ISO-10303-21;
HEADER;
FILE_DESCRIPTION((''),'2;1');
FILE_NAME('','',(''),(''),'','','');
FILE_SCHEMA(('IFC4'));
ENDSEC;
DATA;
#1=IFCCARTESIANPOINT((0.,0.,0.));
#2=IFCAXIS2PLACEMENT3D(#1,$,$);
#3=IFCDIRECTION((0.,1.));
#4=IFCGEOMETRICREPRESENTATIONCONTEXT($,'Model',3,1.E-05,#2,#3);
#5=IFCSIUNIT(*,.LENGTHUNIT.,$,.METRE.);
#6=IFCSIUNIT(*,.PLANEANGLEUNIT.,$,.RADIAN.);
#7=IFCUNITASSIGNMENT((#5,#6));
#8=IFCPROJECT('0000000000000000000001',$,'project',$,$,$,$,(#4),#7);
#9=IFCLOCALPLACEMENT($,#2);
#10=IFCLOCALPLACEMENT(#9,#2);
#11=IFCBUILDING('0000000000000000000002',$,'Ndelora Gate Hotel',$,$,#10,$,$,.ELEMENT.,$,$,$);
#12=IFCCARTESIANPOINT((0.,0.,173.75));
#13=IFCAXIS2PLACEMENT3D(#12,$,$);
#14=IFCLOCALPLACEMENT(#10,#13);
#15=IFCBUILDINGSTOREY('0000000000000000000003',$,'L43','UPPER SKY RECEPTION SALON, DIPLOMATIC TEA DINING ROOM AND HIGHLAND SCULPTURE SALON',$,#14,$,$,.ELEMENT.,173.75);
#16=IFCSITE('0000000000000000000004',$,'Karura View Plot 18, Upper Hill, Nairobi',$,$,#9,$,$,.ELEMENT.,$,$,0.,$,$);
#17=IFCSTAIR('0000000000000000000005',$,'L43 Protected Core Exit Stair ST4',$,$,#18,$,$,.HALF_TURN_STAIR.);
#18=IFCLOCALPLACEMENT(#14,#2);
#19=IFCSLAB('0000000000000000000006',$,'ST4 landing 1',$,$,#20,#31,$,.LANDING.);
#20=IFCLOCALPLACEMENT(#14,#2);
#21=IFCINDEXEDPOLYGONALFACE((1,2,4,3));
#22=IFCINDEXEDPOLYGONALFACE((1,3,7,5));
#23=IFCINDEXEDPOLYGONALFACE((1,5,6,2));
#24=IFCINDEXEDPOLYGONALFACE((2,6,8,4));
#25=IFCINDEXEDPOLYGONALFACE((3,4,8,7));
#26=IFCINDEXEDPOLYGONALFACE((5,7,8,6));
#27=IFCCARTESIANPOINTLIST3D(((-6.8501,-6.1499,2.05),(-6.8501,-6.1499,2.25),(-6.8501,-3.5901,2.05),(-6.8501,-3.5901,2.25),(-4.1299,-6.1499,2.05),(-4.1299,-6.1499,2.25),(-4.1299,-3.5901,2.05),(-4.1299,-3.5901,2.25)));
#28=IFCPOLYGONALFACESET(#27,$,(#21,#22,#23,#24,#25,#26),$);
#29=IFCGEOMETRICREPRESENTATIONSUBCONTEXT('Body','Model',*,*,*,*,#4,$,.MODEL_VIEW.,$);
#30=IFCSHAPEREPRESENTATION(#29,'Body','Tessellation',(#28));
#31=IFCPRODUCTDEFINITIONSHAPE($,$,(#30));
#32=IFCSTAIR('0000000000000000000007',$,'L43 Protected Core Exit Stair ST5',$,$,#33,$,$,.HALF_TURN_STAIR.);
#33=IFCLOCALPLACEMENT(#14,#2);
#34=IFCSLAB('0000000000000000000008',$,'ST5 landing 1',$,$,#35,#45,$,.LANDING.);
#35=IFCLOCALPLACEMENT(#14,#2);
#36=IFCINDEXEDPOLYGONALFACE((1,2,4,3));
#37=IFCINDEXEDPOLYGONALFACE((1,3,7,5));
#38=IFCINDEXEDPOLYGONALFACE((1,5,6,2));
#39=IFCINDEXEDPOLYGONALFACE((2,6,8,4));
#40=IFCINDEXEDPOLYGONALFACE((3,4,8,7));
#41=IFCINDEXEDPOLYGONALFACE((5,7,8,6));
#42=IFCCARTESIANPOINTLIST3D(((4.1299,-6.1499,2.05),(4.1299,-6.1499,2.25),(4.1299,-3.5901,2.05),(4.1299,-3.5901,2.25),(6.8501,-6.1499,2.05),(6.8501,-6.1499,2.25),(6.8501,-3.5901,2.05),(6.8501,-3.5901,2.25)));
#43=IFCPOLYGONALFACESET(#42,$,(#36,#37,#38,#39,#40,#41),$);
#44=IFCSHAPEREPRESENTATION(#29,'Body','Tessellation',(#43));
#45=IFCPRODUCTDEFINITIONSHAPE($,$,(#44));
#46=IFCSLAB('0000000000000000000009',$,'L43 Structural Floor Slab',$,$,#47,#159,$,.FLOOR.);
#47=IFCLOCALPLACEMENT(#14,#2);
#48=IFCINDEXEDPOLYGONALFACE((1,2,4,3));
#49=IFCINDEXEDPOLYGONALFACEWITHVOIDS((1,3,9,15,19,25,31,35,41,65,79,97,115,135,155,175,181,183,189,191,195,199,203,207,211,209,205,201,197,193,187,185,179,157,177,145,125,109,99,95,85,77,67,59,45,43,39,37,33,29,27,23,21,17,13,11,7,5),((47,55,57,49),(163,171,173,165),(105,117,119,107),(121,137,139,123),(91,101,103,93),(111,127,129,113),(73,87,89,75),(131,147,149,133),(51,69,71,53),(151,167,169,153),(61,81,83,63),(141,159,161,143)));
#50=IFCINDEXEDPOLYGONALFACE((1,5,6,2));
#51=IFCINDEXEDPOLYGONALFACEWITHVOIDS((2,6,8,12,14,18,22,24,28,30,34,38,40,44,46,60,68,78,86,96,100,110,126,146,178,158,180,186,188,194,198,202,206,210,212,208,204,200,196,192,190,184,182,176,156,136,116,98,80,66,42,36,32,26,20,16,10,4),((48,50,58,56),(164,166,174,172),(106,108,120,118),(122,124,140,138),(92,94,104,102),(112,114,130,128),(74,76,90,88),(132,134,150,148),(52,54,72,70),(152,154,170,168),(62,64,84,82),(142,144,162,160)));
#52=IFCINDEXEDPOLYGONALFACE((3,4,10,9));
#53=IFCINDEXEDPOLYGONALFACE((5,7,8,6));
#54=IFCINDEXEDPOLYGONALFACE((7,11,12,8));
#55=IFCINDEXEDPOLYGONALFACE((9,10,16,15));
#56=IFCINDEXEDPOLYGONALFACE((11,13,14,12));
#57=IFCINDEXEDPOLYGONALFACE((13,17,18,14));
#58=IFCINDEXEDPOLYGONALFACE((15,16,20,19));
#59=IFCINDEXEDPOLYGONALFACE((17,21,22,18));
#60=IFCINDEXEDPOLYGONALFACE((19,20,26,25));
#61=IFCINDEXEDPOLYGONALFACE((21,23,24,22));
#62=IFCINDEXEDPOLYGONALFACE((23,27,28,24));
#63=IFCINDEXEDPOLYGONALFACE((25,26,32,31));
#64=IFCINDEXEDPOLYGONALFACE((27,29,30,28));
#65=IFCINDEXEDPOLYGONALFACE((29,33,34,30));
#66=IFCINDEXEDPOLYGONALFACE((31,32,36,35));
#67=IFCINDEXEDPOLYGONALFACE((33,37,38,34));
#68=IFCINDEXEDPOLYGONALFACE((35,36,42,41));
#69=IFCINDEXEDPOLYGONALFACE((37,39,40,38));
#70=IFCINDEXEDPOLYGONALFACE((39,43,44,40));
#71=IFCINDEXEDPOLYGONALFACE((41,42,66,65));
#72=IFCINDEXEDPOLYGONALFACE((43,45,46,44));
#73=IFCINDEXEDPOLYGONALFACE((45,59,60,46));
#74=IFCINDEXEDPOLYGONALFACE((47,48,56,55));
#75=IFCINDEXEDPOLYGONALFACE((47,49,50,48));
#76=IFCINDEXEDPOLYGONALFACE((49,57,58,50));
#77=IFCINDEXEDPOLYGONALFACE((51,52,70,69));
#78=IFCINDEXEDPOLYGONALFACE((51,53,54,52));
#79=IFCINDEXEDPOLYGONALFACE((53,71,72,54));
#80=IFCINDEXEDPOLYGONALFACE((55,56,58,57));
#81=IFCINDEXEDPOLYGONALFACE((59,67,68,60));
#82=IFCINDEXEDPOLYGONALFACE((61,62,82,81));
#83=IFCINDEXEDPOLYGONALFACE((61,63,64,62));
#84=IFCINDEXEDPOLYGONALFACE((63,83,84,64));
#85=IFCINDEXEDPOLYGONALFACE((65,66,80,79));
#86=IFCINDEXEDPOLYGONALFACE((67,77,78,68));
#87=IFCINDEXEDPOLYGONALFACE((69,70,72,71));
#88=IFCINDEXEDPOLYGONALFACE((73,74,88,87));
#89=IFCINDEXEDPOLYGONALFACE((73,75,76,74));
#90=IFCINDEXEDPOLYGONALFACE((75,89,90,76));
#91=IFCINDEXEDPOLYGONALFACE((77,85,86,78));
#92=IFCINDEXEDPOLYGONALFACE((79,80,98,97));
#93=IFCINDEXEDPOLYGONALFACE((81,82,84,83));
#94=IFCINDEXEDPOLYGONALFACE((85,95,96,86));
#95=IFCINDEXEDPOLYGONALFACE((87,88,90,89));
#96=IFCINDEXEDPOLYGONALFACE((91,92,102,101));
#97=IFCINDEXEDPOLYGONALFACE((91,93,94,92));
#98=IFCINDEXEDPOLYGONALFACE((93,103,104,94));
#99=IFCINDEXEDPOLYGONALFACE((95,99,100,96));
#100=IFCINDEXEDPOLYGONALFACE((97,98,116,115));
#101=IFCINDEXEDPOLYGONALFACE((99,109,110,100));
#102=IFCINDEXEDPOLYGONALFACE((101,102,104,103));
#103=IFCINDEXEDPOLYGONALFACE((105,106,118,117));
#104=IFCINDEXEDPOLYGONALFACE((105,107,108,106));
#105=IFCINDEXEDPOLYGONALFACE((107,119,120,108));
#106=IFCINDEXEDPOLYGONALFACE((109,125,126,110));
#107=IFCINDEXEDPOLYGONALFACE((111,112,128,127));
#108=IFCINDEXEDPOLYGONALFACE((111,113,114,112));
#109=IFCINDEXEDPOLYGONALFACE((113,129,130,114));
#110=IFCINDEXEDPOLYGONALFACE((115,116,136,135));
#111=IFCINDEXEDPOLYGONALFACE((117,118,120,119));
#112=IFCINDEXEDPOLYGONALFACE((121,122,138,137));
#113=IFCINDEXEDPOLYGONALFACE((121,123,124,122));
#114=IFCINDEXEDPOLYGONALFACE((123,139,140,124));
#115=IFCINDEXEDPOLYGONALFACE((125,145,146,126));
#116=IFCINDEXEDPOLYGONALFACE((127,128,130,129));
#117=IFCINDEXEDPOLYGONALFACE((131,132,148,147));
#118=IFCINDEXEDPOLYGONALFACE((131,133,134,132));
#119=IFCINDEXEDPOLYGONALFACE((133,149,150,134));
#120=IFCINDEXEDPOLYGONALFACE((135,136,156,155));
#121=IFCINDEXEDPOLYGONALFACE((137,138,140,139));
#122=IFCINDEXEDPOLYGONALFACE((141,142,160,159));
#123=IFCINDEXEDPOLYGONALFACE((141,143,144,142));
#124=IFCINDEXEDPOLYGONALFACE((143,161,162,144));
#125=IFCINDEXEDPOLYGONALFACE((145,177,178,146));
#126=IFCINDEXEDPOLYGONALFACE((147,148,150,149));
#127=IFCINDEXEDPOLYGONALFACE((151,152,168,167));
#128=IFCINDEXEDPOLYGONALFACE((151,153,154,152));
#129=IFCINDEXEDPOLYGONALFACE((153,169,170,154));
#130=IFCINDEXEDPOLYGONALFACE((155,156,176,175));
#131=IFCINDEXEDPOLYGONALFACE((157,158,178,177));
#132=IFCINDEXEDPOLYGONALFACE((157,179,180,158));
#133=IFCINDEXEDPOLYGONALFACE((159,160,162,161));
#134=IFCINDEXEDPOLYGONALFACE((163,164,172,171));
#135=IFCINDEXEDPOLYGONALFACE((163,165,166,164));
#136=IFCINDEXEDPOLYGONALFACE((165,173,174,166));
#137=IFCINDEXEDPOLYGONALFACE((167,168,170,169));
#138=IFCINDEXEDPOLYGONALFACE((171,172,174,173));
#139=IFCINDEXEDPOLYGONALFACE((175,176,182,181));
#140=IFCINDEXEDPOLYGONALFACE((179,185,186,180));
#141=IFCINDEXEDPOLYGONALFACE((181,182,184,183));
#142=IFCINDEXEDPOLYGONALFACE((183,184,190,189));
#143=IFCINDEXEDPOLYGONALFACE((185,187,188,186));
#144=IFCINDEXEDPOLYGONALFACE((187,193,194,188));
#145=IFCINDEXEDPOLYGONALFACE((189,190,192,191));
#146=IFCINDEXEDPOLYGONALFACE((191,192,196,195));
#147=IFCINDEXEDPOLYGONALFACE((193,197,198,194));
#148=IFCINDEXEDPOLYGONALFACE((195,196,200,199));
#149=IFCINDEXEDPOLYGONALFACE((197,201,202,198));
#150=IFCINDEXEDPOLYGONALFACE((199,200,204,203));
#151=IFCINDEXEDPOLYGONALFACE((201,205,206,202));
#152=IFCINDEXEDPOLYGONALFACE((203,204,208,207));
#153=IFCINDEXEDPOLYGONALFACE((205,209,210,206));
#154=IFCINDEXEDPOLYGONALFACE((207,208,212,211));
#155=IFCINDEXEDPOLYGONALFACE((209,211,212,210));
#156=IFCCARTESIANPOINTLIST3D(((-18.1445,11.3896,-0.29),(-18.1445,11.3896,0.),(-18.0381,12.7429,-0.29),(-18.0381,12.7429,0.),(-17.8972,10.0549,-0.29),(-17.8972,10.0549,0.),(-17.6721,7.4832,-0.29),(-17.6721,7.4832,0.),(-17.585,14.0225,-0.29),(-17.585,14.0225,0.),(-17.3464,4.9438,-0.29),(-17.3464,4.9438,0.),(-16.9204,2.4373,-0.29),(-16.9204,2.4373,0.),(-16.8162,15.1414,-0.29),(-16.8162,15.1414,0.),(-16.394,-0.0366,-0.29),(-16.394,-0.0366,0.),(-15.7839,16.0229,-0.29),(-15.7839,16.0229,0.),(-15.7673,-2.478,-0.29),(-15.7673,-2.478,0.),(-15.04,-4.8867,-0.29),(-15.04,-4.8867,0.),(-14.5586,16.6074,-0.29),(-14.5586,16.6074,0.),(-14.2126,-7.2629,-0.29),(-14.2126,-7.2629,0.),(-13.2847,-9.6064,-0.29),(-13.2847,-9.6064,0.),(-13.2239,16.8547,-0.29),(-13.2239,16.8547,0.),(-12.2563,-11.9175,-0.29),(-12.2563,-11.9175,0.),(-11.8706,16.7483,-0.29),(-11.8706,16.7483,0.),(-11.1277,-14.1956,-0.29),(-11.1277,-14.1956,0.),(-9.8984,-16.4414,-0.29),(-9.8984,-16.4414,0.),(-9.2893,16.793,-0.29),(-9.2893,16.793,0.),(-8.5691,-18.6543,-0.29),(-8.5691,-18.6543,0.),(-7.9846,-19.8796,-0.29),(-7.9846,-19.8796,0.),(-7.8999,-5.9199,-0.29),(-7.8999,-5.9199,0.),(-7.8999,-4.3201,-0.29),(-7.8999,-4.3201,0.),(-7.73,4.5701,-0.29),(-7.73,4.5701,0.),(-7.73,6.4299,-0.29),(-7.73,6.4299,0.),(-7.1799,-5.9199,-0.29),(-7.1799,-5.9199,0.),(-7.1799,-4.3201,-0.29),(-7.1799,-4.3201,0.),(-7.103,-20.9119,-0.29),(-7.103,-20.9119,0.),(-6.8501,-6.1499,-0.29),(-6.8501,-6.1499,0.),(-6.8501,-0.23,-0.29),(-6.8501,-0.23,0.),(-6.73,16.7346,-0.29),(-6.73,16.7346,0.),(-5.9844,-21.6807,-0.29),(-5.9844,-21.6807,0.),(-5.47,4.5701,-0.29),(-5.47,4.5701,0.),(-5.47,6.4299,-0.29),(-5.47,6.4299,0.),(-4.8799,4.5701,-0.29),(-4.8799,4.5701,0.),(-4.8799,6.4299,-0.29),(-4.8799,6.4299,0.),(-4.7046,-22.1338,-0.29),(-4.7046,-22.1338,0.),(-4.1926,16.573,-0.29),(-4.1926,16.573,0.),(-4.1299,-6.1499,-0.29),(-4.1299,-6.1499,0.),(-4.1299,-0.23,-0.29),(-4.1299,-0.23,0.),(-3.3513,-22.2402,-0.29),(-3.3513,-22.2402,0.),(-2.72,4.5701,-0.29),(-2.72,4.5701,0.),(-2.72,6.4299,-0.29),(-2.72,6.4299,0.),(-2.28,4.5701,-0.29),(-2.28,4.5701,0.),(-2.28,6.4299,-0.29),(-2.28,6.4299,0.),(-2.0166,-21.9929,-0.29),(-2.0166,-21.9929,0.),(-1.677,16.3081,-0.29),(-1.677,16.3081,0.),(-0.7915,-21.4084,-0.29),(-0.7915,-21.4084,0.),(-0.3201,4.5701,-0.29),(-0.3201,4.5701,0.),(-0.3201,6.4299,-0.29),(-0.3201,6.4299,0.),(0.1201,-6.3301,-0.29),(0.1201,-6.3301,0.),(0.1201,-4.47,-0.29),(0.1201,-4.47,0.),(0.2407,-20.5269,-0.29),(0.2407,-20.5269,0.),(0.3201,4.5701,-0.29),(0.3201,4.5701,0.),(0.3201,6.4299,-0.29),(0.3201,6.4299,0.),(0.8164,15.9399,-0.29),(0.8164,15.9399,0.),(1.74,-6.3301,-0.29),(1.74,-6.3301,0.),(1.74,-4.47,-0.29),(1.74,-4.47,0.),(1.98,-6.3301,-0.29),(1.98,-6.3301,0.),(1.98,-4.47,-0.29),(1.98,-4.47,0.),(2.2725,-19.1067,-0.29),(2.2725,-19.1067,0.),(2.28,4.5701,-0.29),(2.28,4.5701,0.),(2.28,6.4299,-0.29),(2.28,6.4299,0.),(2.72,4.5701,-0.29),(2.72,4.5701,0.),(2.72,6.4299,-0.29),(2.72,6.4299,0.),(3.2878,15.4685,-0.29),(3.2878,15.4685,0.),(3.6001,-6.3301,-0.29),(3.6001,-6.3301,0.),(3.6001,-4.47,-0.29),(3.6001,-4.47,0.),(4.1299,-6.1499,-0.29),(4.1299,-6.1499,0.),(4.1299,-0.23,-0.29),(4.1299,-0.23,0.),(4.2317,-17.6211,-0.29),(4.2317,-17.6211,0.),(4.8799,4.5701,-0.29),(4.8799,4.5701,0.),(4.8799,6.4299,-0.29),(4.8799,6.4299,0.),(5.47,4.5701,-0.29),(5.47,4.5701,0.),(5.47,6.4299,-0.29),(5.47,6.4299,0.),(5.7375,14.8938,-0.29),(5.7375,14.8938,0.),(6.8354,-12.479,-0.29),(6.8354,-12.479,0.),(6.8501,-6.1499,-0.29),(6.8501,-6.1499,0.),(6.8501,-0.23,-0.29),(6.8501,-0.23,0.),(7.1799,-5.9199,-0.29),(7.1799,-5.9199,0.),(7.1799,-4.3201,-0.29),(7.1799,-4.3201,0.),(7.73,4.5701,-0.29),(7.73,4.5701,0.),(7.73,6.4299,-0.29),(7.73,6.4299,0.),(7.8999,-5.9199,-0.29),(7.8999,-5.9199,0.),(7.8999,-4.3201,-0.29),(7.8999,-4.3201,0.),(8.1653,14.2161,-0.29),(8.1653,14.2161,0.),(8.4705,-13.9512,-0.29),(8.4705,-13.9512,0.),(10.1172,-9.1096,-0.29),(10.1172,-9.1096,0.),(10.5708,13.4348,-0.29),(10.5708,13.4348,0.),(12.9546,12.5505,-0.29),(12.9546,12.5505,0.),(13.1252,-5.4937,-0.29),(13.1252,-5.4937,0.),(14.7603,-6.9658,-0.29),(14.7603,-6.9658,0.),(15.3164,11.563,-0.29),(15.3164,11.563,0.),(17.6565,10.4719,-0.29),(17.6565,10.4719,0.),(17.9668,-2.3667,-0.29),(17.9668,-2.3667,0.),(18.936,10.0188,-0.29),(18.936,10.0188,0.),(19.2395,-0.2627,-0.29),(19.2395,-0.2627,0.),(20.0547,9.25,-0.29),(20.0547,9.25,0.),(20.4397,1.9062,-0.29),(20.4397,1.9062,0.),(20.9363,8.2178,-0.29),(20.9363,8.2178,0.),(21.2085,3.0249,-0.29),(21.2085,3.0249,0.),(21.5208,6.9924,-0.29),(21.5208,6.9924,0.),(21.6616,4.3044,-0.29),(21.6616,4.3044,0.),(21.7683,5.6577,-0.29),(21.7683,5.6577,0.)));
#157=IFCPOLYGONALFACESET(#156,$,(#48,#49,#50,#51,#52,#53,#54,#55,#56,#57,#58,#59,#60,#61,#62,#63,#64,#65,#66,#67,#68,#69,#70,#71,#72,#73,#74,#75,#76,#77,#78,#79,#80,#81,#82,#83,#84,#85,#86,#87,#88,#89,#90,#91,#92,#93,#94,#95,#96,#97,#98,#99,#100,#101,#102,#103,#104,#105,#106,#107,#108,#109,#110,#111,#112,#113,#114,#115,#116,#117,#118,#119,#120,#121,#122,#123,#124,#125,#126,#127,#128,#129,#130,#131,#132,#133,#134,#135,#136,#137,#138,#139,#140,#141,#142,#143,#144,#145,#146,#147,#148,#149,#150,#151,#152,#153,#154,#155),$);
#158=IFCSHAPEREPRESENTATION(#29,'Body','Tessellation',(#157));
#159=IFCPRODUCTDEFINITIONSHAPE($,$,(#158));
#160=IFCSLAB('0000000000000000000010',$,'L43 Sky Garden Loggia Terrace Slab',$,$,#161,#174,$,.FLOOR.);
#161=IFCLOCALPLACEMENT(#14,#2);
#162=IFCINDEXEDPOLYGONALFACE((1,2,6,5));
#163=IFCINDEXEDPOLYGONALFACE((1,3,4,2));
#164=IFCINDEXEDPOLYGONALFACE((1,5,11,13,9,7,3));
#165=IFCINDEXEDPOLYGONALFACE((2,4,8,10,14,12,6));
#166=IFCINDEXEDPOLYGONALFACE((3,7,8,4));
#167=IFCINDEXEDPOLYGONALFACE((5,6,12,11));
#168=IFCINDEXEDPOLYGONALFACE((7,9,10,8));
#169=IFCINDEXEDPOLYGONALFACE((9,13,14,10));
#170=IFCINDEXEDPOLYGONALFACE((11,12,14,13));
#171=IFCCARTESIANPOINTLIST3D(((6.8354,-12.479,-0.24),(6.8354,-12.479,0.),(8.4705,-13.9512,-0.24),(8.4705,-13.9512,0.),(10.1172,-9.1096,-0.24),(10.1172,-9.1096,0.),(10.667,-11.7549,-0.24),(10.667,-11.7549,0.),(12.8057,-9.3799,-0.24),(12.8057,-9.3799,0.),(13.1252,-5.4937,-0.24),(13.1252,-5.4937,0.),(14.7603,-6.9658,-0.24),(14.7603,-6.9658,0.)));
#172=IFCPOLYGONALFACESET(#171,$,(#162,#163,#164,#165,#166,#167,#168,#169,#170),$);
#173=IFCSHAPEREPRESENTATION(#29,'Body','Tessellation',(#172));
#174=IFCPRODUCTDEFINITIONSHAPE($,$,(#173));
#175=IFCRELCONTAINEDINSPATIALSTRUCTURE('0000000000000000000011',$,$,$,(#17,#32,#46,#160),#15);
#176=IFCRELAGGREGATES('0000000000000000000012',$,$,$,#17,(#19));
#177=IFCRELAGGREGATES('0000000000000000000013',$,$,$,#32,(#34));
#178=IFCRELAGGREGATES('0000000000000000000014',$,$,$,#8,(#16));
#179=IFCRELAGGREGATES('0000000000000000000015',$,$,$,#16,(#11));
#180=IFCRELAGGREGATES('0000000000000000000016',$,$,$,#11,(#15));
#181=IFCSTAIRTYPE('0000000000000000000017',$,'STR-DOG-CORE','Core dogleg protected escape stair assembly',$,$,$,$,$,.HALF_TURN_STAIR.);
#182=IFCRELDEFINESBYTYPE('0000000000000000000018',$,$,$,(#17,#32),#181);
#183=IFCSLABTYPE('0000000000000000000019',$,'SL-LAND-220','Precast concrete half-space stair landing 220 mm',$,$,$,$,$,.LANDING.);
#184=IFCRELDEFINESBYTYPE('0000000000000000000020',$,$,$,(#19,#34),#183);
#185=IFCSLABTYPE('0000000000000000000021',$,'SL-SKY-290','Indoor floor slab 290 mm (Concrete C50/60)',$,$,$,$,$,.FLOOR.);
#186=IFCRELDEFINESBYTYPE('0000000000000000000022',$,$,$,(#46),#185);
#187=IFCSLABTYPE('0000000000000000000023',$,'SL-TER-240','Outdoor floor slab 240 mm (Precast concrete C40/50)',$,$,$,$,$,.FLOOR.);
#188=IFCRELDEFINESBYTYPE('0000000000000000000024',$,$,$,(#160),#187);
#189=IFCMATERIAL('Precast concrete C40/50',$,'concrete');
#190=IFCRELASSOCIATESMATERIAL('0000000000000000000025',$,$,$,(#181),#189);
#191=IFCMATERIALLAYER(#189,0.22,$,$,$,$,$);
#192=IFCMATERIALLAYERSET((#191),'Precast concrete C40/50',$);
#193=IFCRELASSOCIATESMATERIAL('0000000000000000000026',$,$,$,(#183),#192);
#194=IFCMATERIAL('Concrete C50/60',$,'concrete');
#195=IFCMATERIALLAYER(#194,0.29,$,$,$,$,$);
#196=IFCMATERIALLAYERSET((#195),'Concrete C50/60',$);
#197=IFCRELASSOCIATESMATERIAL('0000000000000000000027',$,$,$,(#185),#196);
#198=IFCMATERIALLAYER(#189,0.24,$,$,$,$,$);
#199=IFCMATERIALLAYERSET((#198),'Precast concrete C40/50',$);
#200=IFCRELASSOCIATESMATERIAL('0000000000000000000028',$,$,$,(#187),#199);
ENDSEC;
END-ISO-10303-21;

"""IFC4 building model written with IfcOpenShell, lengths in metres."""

from ifc_helpers import new_model, si_unit, direction, frame, origin, place, context, subcontext, project, spatial, polyline, outline, extrude, material, layer, layer_set, type_object, element, aggregate, save


model = new_model("IFC4")

# Units and contexts
model_context = context("Model", 3, precision=1e-05, world=origin(), true_north=direction((0.0, 1.0)))
body_context = subcontext(model_context, "Body", "Model", "MODEL_VIEW")
ifc_project = project(units=[si_unit("LENGTHUNIT", "METRE"), si_unit("PLANEANGLEUNIT", "RADIAN")], contexts=[model_context])

# Site, building, storey
site_placement = place(None, origin())
site = spatial("IfcSite", under=ifc_project, at=site_placement, Name="Karura View Plot 18, Upper Hill, Nairobi", CompositionType="ELEMENT", RefElevation=0.0)
building_placement = place(site_placement, origin())
building = spatial("IfcBuilding", under=site, at=building_placement, Name="Ndelora Gate Hotel", CompositionType="ELEMENT")
storey_placement = place(building_placement, frame((0.0, 0.0, 173.75)))
storey = spatial("IfcBuildingStorey", under=building, at=storey_placement, Name="L43", Description="UPPER SKY RECEPTION SALON, DIPLOMATIC TEA DINING ROOM AND HIGHLAND SCULPTURE SALON", CompositionType="ELEMENT", Elevation=173.75)

# Stairs, slabs
ifc_material_1 = material(Name="Precast concrete C40/50", Category="concrete")
stair_type = type_object("IfcStairType", Name="STR-DOG-CORE", Description="Core dogleg protected escape stair assembly", PredefinedType="HALF_TURN_STAIR", material=ifc_material_1)
stair_1_placement = place(storey_placement, origin())
stair_1 = element("IfcStair", 1, at=stair_1_placement, inside=storey, type_object=stair_type, Name="L43 Protected Core Exit Stair ST4", PredefinedType="HALF_TURN_STAIR")
ifc_layer_1 = layer(ifc_material_1, 0.22)
ifc_layer_set_1 = layer_set([ifc_layer_1], Name="Precast concrete C40/50")
slab_type_1 = type_object("IfcSlabType", Name="SL-LAND-220", Description="Precast concrete half-space stair landing 220 mm", PredefinedType="LANDING", material=ifc_layer_set_1)
slab_1_placement = place(storey_placement, frame((0.0, 0.0, 2.05)))
slab_1 = element("IfcSlab", 2, at=slab_1_placement, type_object=slab_type_1, Name="ST4 landing 1", PredefinedType="LANDING", context=body_context, shape_type="SweptSolid", body=[
    extrude(outline(polyline([(-6.8501, -3.5901), (-6.8501, -6.1499), (-4.1299, -6.1499), (-4.1299, -3.5901), (-6.8501, -3.5901)])), origin(), (0.0, 0.0, 1.0), 0.2),
])
aggregate(stair_1, [slab_1])
stair_2_placement = place(storey_placement, origin())
stair_2 = element("IfcStair", 3, at=stair_2_placement, inside=storey, type_object=stair_type, Name="L43 Protected Core Exit Stair ST5", PredefinedType="HALF_TURN_STAIR")
slab_2_placement = place(storey_placement, frame((0.0, 0.0, 2.05)))
slab_2 = element("IfcSlab", 4, at=slab_2_placement, type_object=slab_type_1, Name="ST5 landing 1", PredefinedType="LANDING", context=body_context, shape_type="SweptSolid", body=[
    extrude(outline(polyline([(4.1299, -3.5901), (4.1299, -6.1499), (6.8501, -6.1499), (6.8501, -3.5901), (4.1299, -3.5901)])), origin(), (0.0, 0.0, 1.0), 0.2),
])

# Slabs
ifc_material_2 = material(Name="Concrete C50/60", Category="concrete")
ifc_layer_2 = layer(ifc_material_2, 0.29)
ifc_layer_set_2 = layer_set([ifc_layer_2], Name="Concrete C50/60")
slab_type_2 = type_object("IfcSlabType", Name="SL-SKY-290", Description="Indoor floor slab 290 mm (Concrete C50/60)", PredefinedType="FLOOR", material=ifc_layer_set_2)
slab_3_placement = place(storey_placement, frame((0.0, 0.0, -0.29)))
element("IfcSlab", 5, at=slab_3_placement, inside=storey, type_object=slab_type_2, Name="L43 Structural Floor Slab", PredefinedType="FLOOR", context=body_context, shape_type="SweptSolid", body=[
    extrude(outline(polyline([(-11.8706, 16.7483), (-13.2239, 16.8547), (-14.5586, 16.6074), (-15.7839, 16.0229), (-16.8162, 15.1414), (-17.585, 14.0225), (-18.0381, 12.7429), (-18.1445, 11.3896), (-17.8972, 10.0549), (-17.6721, 7.4832), (-17.3464, 4.9438), (-16.9204, 2.4373), (-16.394, -0.0366), (-15.7673, -2.478), (-15.04, -4.8867), (-14.2126, -7.2629), (-13.2847, -9.6064), (-12.2563, -11.9175), (-11.1277, -14.1956), (-9.8984, -16.4414), (-8.5691, -18.6543), (-7.9846, -19.8796), (-7.103, -20.9119), (-5.9844, -21.6807), (-4.7046, -22.1338), (-3.3513, -22.2402), (-2.0166, -21.9929), (-0.7915, -21.4084), (0.2407, -20.5269), (2.2725, -19.1067), (4.2317, -17.6211), (8.4705, -13.9512), (6.8354, -12.479), (10.1172, -9.1096), (13.1252, -5.4937), (14.7603, -6.9658), (17.9668, -2.3667), (19.2395, -0.2627), (20.4397, 1.9062), (21.2085, 3.0249), (21.6616, 4.3044), (21.7683, 5.6577), (21.5208, 6.9924), (20.9363, 8.2178), (20.0547, 9.25), (18.936, 10.0188), (17.6565, 10.4719), (15.3164, 11.563), (12.9546, 12.5505), (10.5708, 13.4348), (8.1653, 14.2161), (5.7375, 14.8938), (3.2878, 15.4685), (0.8164, 15.9399), (-1.677, 16.3081), (-4.1926, 16.573), (-6.73, 16.7346), (-9.2893, 16.793), (-11.8706, 16.7483)]), holes=[polyline([(-6.8501, -0.23), (-6.8501, -6.1499), (-4.1299, -6.1499), (-4.1299, -0.23), (-6.8501, -0.23)]), polyline([(4.1299, -0.23), (4.1299, -6.1499), (6.8501, -6.1499), (6.8501, -0.23), (4.1299, -0.23)]), polyline([(-7.73, 4.5701), (-5.47, 4.5701), (-5.47, 6.4299), (-7.73, 6.4299), (-7.73, 4.5701)]), polyline([(5.47, 4.5701), (7.73, 4.5701), (7.73, 6.4299), (5.47, 6.4299), (5.47, 4.5701)]), polyline([(-4.8799, 4.5701), (-2.72, 4.5701), (-2.72, 6.4299), (-4.8799, 6.4299), (-4.8799, 4.5701)]), polyline([(2.72, 4.5701), (4.8799, 4.5701), (4.8799, 6.4299), (2.72, 6.4299), (2.72, 4.5701)]), polyline([(0.1201, -6.3301), (1.74, -6.3301), (1.74, -4.47), (0.1201, -4.47), (0.1201, -6.3301)]), polyline([(1.98, -6.3301), (3.6001, -6.3301), (3.6001, -4.47), (1.98, -4.47), (1.98, -6.3301)]), polyline([(-2.28, 4.5701), (-0.3201, 4.5701), (-0.3201, 6.4299), (-2.28, 6.4299), (-2.28, 4.5701)]), polyline([(0.3201, 4.5701), (2.28, 4.5701), (2.28, 6.4299), (0.3201, 6.4299), (0.3201, 4.5701)]), polyline([(-7.8999, -5.9199), (-7.1799, -5.9199), (-7.1799, -4.3201), (-7.8999, -4.3201), (-7.8999, -5.9199)]), polyline([(7.1799, -5.9199), (7.8999, -5.9199), (7.8999, -4.3201), (7.1799, -4.3201), (7.1799, -5.9199)])]), origin(), (0.0, 0.0, 1.0), 0.29),
])
ifc_layer_3 = layer(ifc_material_1, 0.24)
ifc_layer_set_3 = layer_set([ifc_layer_3], Name="Precast concrete C40/50")
slab_type_3 = type_object("IfcSlabType", Name="SL-TER-240", Description="Outdoor floor slab 240 mm (Precast concrete C40/50)", PredefinedType="FLOOR", material=ifc_layer_set_3)
slab_4_placement = place(storey_placement, frame((0.0, 0.0, -0.24)))
element("IfcSlab", 6, at=slab_4_placement, inside=storey, type_object=slab_type_3, Name="L43 Sky Garden Loggia Terrace Slab", PredefinedType="FLOOR", context=body_context, shape_type="SweptSolid", body=[
    extrude(outline(polyline([(6.8354, -12.479), (8.4705, -13.9512), (10.667, -11.7549), (12.8057, -9.3799), (14.7603, -6.9658), (13.1252, -5.4937), (10.1172, -9.1096), (6.8354, -12.479)])), origin(), (0.0, 0.0, 1.0), 0.24),
])

aggregate(stair_2, [slab_2])

save(model, "model.ifc")
